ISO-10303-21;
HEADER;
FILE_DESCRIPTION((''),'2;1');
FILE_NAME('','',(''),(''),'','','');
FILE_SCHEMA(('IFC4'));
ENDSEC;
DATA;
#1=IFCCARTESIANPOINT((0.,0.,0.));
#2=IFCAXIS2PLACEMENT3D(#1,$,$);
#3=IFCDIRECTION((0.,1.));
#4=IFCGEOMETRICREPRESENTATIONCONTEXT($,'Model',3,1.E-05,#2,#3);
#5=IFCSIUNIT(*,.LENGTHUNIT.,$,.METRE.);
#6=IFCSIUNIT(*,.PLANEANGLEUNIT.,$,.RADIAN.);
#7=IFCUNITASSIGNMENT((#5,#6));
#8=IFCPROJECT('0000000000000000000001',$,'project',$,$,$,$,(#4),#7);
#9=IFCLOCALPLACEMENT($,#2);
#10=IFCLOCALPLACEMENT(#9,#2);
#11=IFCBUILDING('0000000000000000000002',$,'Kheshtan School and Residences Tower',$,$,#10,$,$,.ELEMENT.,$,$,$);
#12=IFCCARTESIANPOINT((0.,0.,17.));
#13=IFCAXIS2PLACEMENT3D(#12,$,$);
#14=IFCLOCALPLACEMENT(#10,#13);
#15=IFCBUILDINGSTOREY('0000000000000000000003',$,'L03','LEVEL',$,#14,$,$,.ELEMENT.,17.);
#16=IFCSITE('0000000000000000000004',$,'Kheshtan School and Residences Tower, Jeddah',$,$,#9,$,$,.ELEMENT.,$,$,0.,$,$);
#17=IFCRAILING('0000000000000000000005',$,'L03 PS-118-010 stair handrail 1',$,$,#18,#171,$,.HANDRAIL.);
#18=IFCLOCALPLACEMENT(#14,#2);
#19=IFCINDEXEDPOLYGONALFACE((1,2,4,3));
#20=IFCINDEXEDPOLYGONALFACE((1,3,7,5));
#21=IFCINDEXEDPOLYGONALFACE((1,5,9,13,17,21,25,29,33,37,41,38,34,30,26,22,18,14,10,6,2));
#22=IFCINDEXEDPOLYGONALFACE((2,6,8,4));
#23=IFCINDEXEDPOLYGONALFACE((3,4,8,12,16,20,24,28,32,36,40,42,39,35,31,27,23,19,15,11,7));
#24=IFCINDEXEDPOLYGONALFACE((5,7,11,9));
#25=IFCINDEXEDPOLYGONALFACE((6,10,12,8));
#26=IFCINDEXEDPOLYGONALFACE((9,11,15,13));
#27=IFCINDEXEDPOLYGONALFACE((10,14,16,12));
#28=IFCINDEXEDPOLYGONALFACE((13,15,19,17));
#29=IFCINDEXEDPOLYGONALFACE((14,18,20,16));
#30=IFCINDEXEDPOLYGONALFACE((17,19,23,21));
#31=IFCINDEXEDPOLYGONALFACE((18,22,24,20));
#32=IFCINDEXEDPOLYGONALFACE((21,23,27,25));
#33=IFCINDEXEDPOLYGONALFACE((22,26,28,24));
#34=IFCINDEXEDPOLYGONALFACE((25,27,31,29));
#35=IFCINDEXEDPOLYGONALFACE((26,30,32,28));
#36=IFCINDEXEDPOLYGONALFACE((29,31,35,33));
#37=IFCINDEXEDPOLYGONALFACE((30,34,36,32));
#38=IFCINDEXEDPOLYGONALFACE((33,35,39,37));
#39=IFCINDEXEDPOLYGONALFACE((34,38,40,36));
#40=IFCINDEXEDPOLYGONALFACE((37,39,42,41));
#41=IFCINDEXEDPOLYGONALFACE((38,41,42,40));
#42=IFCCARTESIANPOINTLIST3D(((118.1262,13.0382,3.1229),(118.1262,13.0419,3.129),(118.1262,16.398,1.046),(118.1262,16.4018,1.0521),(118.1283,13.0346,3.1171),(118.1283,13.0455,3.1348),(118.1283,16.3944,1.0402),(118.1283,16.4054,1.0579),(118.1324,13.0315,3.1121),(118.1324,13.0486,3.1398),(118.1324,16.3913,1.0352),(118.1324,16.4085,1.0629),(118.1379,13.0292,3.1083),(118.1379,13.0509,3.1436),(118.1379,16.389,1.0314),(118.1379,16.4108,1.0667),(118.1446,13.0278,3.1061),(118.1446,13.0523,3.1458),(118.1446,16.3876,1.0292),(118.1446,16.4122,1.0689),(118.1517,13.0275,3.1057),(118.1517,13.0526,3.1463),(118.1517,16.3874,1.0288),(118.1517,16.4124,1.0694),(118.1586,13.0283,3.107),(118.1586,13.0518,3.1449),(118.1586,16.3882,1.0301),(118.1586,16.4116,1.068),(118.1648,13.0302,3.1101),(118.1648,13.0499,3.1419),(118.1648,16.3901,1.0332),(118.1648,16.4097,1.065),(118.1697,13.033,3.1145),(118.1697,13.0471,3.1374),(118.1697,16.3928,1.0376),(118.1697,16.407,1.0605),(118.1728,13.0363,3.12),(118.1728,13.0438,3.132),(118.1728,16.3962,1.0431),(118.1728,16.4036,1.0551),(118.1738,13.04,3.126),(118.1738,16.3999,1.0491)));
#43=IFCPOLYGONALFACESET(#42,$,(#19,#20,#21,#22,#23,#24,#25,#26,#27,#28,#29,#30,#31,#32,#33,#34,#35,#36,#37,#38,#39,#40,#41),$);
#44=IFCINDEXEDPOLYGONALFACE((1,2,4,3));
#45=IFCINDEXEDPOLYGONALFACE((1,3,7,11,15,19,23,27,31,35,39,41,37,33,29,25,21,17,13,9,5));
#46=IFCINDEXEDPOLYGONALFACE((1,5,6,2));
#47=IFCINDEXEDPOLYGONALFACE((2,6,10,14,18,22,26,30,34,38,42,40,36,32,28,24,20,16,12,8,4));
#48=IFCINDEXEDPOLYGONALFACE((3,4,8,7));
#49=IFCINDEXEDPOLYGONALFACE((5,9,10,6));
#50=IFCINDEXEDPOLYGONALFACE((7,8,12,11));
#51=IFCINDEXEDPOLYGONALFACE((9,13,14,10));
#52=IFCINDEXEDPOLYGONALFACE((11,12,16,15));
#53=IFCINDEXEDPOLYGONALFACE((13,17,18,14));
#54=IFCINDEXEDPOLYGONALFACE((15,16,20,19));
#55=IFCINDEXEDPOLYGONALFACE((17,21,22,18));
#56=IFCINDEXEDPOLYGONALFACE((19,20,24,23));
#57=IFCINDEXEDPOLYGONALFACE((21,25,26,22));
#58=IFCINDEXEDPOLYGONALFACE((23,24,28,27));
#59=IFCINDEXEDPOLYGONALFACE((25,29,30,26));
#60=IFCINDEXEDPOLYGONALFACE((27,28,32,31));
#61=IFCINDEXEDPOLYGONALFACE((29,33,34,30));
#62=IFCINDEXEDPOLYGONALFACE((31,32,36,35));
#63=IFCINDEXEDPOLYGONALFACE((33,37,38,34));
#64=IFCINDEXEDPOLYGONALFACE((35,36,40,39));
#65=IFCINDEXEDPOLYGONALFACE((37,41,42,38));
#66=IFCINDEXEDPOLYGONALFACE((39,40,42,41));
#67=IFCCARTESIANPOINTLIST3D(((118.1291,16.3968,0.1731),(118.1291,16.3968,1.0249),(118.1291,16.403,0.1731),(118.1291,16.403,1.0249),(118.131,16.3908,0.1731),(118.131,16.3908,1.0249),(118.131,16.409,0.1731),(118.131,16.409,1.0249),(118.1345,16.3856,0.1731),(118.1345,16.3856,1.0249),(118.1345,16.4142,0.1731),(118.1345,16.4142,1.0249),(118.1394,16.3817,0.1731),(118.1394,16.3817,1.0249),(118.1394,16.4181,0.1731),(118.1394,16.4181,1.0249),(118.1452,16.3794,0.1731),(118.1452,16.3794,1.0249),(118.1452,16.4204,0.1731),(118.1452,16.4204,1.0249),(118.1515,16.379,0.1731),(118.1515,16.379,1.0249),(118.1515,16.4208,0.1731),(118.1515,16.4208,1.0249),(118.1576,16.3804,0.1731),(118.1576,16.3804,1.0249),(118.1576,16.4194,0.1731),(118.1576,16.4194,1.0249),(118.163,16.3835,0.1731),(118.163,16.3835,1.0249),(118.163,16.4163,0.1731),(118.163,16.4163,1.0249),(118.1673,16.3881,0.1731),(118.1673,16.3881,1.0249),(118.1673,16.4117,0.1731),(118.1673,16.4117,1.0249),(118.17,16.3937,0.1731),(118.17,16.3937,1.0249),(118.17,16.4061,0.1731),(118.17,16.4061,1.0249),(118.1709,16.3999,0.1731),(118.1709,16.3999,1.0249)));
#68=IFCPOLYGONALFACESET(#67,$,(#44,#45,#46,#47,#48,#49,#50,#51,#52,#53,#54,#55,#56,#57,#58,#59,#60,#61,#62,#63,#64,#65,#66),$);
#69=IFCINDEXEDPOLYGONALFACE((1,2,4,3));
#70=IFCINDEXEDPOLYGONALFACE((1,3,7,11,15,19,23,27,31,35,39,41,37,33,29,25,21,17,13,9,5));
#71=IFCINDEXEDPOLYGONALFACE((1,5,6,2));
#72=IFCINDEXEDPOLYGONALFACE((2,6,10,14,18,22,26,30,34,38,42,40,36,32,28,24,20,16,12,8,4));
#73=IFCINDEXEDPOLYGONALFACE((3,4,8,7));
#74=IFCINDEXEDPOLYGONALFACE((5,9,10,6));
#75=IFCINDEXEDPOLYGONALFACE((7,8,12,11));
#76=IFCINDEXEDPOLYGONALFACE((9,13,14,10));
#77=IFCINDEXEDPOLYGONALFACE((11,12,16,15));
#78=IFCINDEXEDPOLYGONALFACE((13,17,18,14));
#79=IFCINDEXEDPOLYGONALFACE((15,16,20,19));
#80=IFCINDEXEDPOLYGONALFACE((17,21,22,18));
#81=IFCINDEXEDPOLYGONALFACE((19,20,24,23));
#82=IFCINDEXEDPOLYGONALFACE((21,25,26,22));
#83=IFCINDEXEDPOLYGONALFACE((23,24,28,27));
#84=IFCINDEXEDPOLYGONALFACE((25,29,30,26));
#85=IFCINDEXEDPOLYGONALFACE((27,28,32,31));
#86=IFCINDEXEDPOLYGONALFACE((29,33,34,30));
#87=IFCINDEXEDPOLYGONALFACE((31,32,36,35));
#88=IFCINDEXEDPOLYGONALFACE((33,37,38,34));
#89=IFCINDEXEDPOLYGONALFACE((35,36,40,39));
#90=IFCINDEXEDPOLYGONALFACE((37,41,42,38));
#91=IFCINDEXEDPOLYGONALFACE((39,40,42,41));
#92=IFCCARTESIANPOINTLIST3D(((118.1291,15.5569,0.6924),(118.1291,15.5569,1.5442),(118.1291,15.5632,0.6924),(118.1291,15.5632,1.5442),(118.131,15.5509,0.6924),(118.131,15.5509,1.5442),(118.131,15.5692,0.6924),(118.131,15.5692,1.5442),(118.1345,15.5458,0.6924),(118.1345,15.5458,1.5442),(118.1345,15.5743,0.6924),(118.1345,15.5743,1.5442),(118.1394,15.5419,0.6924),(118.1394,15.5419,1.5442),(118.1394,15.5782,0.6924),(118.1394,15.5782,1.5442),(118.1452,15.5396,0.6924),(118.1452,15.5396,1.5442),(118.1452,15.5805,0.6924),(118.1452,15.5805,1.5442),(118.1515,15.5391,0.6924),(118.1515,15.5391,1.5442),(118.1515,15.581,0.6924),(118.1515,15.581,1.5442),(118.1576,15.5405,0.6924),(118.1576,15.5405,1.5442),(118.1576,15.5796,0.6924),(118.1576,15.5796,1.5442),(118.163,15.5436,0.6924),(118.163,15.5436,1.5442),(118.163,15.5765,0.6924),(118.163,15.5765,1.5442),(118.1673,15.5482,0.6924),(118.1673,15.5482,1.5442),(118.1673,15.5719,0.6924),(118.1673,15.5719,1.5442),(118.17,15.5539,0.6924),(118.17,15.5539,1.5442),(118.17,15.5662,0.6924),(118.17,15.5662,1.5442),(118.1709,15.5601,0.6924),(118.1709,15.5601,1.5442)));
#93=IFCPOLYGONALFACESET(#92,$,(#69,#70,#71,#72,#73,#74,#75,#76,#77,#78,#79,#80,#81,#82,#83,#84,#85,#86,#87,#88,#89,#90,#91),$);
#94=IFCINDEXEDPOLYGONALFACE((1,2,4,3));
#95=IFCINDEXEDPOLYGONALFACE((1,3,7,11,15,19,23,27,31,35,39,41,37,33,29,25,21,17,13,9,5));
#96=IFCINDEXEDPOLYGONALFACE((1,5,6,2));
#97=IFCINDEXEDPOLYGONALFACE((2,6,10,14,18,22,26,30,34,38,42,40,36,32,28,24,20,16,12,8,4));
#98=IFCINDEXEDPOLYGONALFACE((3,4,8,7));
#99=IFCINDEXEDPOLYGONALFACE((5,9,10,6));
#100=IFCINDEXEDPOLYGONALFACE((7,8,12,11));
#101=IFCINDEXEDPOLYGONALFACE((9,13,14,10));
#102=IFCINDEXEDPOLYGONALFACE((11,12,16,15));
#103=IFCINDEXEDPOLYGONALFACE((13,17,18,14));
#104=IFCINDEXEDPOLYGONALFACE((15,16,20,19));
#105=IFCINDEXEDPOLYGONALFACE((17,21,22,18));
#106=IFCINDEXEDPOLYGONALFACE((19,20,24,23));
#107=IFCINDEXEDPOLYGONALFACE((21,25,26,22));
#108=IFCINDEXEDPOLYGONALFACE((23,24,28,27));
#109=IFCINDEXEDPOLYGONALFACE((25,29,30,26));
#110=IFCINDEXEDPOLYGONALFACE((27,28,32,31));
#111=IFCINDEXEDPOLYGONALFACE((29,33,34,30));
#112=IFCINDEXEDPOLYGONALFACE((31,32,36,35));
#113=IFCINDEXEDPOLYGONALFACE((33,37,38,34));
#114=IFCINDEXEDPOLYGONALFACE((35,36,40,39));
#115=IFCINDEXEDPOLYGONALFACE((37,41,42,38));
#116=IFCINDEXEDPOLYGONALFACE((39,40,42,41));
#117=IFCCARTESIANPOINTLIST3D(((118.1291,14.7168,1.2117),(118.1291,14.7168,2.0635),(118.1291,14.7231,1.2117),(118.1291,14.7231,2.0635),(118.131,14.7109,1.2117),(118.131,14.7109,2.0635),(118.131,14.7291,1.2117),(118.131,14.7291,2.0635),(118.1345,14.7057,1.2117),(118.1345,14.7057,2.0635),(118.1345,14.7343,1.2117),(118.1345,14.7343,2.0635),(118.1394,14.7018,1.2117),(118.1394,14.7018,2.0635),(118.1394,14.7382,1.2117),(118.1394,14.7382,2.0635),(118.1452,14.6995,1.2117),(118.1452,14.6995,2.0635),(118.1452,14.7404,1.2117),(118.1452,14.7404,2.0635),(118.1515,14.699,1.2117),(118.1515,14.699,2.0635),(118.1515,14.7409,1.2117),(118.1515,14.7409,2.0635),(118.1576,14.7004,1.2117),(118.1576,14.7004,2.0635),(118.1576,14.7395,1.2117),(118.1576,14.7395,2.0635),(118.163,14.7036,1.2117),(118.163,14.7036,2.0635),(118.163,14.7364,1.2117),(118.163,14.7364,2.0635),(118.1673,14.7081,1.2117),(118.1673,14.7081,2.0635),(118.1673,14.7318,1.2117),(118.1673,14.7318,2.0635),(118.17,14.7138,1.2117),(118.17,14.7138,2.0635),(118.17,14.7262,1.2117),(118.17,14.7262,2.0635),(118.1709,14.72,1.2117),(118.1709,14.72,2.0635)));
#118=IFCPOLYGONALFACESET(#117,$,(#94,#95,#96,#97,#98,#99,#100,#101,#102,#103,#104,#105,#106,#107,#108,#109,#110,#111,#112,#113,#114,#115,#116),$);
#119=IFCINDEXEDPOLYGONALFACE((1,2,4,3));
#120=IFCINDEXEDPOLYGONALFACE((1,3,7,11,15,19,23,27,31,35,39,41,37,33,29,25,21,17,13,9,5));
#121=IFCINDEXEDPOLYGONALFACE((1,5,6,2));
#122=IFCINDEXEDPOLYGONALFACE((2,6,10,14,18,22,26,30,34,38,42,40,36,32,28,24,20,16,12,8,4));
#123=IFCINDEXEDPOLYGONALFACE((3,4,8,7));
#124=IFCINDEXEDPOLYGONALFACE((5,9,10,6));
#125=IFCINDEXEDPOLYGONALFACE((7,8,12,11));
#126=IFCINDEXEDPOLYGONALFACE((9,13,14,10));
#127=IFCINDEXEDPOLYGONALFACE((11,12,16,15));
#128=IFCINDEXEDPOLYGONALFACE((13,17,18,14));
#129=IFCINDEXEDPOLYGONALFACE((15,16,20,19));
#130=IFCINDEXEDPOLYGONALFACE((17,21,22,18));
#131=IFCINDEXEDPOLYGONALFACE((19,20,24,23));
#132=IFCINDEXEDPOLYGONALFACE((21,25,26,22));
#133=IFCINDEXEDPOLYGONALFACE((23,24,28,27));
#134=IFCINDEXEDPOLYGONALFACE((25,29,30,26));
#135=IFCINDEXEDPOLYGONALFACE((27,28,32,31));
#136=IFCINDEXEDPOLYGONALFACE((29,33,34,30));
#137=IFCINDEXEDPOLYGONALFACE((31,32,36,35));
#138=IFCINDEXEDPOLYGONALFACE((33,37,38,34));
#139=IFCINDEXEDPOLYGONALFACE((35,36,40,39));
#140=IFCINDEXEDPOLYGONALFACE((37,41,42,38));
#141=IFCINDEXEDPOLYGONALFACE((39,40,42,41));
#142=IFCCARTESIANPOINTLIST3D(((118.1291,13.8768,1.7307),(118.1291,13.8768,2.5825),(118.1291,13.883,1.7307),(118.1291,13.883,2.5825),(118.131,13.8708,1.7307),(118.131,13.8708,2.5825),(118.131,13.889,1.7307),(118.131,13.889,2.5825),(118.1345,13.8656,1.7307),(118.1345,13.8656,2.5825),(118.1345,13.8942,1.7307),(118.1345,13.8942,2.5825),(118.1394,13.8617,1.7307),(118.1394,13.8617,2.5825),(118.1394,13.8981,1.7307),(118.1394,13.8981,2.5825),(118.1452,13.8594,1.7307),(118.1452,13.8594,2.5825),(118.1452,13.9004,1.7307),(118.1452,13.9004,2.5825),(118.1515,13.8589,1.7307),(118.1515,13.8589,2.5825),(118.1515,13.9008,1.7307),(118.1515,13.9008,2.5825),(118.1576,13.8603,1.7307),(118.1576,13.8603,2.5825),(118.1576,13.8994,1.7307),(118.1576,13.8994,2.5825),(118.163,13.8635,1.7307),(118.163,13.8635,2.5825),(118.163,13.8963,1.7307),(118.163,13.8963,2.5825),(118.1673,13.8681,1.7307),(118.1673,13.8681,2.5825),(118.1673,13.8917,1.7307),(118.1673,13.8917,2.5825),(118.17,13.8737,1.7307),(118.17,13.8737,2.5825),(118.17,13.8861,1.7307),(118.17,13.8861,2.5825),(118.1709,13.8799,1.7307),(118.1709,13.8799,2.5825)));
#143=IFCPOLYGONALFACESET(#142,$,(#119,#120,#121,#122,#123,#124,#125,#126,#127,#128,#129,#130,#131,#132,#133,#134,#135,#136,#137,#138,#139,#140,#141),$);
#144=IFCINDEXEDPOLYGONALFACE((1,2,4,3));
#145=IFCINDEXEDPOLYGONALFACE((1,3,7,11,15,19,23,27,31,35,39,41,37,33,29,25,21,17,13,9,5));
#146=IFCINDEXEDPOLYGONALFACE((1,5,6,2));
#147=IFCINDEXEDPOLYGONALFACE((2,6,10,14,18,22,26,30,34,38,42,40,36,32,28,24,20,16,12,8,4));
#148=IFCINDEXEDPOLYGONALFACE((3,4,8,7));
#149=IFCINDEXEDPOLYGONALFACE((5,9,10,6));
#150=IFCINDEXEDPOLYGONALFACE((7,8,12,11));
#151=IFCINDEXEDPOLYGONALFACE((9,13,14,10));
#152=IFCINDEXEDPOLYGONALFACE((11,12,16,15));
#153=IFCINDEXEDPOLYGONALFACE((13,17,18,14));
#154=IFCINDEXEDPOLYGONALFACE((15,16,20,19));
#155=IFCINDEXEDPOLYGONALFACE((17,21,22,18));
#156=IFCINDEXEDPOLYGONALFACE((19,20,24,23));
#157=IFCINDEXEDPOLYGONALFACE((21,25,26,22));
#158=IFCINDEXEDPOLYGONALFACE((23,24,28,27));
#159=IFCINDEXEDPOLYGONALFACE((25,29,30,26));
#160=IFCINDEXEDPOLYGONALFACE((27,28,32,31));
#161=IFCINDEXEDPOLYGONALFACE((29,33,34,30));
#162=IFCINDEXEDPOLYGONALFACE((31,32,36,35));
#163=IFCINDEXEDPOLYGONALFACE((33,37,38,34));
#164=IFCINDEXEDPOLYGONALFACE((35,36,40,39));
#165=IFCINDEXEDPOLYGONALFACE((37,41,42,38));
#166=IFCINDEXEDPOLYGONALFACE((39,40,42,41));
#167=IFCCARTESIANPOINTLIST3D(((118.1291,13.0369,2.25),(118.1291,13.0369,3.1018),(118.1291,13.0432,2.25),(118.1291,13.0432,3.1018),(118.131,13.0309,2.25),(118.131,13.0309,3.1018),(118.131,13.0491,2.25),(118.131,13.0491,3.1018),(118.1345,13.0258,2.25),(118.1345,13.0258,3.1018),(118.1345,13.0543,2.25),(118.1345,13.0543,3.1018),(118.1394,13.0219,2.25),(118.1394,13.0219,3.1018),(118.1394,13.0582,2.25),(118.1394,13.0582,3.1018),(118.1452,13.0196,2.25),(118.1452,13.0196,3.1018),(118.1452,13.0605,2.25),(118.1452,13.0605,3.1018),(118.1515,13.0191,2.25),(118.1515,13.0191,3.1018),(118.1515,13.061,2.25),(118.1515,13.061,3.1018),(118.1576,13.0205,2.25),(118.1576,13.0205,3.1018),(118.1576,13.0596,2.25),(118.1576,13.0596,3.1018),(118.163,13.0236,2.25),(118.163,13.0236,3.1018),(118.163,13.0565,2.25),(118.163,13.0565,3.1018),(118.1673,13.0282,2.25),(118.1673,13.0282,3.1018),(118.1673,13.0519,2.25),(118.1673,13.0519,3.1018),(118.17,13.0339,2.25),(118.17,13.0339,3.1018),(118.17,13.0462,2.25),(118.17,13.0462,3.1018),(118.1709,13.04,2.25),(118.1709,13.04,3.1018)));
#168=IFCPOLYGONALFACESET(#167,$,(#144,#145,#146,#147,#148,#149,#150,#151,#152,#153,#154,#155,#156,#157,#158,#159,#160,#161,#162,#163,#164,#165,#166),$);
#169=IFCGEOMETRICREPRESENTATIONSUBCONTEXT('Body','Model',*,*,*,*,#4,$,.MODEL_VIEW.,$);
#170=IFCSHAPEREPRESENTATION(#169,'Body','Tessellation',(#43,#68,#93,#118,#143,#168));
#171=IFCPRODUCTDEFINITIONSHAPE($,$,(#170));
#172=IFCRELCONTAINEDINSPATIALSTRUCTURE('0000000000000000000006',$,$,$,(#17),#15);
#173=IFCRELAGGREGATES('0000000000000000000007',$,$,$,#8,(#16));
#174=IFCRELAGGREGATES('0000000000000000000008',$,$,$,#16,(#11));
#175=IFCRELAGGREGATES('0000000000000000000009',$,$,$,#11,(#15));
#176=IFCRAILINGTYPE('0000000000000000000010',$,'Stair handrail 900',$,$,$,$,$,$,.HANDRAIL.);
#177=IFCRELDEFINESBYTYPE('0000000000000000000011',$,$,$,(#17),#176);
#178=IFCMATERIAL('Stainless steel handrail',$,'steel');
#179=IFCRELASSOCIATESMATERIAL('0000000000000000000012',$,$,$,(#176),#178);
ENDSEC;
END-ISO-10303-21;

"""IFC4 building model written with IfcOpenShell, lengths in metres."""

from ifc_helpers import new_model, si_unit, direction, frame, origin, origin_2d, place, context, subcontext, project, spatial, circle, extrude, material, type_object, element, save


model = new_model("IFC4")

# Units and contexts
model_context = context("Model", 3, precision=1e-05, world=origin(), true_north=direction((0.0, 1.0)))
body_context = subcontext(model_context, "Body", "Model", "MODEL_VIEW")
ifc_project = project(units=[si_unit("LENGTHUNIT", "METRE"), si_unit("PLANEANGLEUNIT", "RADIAN")], contexts=[model_context])

# Site, building, storey
site_placement = place(None, origin())
site = spatial("IfcSite", under=ifc_project, at=site_placement, Name="Kheshtan School and Residences Tower, Jeddah", CompositionType="ELEMENT", RefElevation=0.0)
building_placement = place(site_placement, origin())
building = spatial("IfcBuilding", under=site, at=building_placement, Name="Kheshtan School and Residences Tower", CompositionType="ELEMENT")
storey_placement = place(building_placement, frame((0.0, 0.0, 17.0)))
storey = spatial("IfcBuildingStorey", under=building, at=storey_placement, Name="L03", Description="LEVEL", CompositionType="ELEMENT", Elevation=17.0)

# Railing
ifc_material_1 = material(Name="Stainless steel handrail", Category="steel")
railing_type_1 = type_object("IfcRailingType", Name="Stair handrail 900", PredefinedType="HANDRAIL", material=ifc_material_1)
railing_1_placement = place(storey_placement, frame((118.1499, 16.3999, 0.1731)))
element("IfcRailing", 1, at=railing_1_placement, inside=storey, type_object=railing_type_1, Name="L03 PS-118-010 stair handrail 1", PredefinedType="HANDRAIL", context=body_context, shape_type="SweptSolid", body=[
    extrude(circle(Radius=0.0239, at=origin_2d()), frame((0.0, 0.0, 0.876), z_axis=(0.0, -0.850606, 0.525803), x_axis=(1.0, 0.0, 0.0)), (0.0, 0.0, 1.0), 3.95),
    extrude(circle(Radius=0.021, at=origin_2d()), origin(), (0.0, 0.0, 1.0), 0.8518),
    extrude(circle(Radius=0.021, at=origin_2d()), frame((0.0, -0.8398, 0.5193)), (0.0, 0.0, 1.0), 0.8518),
    extrude(circle(Radius=0.021, at=origin_2d()), frame((0.0, -1.6799, 1.0386)), (0.0, 0.0, 1.0), 0.8518),
    extrude(circle(Radius=0.021, at=origin_2d()), frame((0.0, -2.52, 1.5576)), (0.0, 0.0, 1.0), 0.8518),
    extrude(circle(Radius=0.021, at=origin_2d()), frame((0.0, -3.3599, 2.0769)), (0.0, 0.0, 1.0), 0.8518),
])

save(model, "model.ifc")
